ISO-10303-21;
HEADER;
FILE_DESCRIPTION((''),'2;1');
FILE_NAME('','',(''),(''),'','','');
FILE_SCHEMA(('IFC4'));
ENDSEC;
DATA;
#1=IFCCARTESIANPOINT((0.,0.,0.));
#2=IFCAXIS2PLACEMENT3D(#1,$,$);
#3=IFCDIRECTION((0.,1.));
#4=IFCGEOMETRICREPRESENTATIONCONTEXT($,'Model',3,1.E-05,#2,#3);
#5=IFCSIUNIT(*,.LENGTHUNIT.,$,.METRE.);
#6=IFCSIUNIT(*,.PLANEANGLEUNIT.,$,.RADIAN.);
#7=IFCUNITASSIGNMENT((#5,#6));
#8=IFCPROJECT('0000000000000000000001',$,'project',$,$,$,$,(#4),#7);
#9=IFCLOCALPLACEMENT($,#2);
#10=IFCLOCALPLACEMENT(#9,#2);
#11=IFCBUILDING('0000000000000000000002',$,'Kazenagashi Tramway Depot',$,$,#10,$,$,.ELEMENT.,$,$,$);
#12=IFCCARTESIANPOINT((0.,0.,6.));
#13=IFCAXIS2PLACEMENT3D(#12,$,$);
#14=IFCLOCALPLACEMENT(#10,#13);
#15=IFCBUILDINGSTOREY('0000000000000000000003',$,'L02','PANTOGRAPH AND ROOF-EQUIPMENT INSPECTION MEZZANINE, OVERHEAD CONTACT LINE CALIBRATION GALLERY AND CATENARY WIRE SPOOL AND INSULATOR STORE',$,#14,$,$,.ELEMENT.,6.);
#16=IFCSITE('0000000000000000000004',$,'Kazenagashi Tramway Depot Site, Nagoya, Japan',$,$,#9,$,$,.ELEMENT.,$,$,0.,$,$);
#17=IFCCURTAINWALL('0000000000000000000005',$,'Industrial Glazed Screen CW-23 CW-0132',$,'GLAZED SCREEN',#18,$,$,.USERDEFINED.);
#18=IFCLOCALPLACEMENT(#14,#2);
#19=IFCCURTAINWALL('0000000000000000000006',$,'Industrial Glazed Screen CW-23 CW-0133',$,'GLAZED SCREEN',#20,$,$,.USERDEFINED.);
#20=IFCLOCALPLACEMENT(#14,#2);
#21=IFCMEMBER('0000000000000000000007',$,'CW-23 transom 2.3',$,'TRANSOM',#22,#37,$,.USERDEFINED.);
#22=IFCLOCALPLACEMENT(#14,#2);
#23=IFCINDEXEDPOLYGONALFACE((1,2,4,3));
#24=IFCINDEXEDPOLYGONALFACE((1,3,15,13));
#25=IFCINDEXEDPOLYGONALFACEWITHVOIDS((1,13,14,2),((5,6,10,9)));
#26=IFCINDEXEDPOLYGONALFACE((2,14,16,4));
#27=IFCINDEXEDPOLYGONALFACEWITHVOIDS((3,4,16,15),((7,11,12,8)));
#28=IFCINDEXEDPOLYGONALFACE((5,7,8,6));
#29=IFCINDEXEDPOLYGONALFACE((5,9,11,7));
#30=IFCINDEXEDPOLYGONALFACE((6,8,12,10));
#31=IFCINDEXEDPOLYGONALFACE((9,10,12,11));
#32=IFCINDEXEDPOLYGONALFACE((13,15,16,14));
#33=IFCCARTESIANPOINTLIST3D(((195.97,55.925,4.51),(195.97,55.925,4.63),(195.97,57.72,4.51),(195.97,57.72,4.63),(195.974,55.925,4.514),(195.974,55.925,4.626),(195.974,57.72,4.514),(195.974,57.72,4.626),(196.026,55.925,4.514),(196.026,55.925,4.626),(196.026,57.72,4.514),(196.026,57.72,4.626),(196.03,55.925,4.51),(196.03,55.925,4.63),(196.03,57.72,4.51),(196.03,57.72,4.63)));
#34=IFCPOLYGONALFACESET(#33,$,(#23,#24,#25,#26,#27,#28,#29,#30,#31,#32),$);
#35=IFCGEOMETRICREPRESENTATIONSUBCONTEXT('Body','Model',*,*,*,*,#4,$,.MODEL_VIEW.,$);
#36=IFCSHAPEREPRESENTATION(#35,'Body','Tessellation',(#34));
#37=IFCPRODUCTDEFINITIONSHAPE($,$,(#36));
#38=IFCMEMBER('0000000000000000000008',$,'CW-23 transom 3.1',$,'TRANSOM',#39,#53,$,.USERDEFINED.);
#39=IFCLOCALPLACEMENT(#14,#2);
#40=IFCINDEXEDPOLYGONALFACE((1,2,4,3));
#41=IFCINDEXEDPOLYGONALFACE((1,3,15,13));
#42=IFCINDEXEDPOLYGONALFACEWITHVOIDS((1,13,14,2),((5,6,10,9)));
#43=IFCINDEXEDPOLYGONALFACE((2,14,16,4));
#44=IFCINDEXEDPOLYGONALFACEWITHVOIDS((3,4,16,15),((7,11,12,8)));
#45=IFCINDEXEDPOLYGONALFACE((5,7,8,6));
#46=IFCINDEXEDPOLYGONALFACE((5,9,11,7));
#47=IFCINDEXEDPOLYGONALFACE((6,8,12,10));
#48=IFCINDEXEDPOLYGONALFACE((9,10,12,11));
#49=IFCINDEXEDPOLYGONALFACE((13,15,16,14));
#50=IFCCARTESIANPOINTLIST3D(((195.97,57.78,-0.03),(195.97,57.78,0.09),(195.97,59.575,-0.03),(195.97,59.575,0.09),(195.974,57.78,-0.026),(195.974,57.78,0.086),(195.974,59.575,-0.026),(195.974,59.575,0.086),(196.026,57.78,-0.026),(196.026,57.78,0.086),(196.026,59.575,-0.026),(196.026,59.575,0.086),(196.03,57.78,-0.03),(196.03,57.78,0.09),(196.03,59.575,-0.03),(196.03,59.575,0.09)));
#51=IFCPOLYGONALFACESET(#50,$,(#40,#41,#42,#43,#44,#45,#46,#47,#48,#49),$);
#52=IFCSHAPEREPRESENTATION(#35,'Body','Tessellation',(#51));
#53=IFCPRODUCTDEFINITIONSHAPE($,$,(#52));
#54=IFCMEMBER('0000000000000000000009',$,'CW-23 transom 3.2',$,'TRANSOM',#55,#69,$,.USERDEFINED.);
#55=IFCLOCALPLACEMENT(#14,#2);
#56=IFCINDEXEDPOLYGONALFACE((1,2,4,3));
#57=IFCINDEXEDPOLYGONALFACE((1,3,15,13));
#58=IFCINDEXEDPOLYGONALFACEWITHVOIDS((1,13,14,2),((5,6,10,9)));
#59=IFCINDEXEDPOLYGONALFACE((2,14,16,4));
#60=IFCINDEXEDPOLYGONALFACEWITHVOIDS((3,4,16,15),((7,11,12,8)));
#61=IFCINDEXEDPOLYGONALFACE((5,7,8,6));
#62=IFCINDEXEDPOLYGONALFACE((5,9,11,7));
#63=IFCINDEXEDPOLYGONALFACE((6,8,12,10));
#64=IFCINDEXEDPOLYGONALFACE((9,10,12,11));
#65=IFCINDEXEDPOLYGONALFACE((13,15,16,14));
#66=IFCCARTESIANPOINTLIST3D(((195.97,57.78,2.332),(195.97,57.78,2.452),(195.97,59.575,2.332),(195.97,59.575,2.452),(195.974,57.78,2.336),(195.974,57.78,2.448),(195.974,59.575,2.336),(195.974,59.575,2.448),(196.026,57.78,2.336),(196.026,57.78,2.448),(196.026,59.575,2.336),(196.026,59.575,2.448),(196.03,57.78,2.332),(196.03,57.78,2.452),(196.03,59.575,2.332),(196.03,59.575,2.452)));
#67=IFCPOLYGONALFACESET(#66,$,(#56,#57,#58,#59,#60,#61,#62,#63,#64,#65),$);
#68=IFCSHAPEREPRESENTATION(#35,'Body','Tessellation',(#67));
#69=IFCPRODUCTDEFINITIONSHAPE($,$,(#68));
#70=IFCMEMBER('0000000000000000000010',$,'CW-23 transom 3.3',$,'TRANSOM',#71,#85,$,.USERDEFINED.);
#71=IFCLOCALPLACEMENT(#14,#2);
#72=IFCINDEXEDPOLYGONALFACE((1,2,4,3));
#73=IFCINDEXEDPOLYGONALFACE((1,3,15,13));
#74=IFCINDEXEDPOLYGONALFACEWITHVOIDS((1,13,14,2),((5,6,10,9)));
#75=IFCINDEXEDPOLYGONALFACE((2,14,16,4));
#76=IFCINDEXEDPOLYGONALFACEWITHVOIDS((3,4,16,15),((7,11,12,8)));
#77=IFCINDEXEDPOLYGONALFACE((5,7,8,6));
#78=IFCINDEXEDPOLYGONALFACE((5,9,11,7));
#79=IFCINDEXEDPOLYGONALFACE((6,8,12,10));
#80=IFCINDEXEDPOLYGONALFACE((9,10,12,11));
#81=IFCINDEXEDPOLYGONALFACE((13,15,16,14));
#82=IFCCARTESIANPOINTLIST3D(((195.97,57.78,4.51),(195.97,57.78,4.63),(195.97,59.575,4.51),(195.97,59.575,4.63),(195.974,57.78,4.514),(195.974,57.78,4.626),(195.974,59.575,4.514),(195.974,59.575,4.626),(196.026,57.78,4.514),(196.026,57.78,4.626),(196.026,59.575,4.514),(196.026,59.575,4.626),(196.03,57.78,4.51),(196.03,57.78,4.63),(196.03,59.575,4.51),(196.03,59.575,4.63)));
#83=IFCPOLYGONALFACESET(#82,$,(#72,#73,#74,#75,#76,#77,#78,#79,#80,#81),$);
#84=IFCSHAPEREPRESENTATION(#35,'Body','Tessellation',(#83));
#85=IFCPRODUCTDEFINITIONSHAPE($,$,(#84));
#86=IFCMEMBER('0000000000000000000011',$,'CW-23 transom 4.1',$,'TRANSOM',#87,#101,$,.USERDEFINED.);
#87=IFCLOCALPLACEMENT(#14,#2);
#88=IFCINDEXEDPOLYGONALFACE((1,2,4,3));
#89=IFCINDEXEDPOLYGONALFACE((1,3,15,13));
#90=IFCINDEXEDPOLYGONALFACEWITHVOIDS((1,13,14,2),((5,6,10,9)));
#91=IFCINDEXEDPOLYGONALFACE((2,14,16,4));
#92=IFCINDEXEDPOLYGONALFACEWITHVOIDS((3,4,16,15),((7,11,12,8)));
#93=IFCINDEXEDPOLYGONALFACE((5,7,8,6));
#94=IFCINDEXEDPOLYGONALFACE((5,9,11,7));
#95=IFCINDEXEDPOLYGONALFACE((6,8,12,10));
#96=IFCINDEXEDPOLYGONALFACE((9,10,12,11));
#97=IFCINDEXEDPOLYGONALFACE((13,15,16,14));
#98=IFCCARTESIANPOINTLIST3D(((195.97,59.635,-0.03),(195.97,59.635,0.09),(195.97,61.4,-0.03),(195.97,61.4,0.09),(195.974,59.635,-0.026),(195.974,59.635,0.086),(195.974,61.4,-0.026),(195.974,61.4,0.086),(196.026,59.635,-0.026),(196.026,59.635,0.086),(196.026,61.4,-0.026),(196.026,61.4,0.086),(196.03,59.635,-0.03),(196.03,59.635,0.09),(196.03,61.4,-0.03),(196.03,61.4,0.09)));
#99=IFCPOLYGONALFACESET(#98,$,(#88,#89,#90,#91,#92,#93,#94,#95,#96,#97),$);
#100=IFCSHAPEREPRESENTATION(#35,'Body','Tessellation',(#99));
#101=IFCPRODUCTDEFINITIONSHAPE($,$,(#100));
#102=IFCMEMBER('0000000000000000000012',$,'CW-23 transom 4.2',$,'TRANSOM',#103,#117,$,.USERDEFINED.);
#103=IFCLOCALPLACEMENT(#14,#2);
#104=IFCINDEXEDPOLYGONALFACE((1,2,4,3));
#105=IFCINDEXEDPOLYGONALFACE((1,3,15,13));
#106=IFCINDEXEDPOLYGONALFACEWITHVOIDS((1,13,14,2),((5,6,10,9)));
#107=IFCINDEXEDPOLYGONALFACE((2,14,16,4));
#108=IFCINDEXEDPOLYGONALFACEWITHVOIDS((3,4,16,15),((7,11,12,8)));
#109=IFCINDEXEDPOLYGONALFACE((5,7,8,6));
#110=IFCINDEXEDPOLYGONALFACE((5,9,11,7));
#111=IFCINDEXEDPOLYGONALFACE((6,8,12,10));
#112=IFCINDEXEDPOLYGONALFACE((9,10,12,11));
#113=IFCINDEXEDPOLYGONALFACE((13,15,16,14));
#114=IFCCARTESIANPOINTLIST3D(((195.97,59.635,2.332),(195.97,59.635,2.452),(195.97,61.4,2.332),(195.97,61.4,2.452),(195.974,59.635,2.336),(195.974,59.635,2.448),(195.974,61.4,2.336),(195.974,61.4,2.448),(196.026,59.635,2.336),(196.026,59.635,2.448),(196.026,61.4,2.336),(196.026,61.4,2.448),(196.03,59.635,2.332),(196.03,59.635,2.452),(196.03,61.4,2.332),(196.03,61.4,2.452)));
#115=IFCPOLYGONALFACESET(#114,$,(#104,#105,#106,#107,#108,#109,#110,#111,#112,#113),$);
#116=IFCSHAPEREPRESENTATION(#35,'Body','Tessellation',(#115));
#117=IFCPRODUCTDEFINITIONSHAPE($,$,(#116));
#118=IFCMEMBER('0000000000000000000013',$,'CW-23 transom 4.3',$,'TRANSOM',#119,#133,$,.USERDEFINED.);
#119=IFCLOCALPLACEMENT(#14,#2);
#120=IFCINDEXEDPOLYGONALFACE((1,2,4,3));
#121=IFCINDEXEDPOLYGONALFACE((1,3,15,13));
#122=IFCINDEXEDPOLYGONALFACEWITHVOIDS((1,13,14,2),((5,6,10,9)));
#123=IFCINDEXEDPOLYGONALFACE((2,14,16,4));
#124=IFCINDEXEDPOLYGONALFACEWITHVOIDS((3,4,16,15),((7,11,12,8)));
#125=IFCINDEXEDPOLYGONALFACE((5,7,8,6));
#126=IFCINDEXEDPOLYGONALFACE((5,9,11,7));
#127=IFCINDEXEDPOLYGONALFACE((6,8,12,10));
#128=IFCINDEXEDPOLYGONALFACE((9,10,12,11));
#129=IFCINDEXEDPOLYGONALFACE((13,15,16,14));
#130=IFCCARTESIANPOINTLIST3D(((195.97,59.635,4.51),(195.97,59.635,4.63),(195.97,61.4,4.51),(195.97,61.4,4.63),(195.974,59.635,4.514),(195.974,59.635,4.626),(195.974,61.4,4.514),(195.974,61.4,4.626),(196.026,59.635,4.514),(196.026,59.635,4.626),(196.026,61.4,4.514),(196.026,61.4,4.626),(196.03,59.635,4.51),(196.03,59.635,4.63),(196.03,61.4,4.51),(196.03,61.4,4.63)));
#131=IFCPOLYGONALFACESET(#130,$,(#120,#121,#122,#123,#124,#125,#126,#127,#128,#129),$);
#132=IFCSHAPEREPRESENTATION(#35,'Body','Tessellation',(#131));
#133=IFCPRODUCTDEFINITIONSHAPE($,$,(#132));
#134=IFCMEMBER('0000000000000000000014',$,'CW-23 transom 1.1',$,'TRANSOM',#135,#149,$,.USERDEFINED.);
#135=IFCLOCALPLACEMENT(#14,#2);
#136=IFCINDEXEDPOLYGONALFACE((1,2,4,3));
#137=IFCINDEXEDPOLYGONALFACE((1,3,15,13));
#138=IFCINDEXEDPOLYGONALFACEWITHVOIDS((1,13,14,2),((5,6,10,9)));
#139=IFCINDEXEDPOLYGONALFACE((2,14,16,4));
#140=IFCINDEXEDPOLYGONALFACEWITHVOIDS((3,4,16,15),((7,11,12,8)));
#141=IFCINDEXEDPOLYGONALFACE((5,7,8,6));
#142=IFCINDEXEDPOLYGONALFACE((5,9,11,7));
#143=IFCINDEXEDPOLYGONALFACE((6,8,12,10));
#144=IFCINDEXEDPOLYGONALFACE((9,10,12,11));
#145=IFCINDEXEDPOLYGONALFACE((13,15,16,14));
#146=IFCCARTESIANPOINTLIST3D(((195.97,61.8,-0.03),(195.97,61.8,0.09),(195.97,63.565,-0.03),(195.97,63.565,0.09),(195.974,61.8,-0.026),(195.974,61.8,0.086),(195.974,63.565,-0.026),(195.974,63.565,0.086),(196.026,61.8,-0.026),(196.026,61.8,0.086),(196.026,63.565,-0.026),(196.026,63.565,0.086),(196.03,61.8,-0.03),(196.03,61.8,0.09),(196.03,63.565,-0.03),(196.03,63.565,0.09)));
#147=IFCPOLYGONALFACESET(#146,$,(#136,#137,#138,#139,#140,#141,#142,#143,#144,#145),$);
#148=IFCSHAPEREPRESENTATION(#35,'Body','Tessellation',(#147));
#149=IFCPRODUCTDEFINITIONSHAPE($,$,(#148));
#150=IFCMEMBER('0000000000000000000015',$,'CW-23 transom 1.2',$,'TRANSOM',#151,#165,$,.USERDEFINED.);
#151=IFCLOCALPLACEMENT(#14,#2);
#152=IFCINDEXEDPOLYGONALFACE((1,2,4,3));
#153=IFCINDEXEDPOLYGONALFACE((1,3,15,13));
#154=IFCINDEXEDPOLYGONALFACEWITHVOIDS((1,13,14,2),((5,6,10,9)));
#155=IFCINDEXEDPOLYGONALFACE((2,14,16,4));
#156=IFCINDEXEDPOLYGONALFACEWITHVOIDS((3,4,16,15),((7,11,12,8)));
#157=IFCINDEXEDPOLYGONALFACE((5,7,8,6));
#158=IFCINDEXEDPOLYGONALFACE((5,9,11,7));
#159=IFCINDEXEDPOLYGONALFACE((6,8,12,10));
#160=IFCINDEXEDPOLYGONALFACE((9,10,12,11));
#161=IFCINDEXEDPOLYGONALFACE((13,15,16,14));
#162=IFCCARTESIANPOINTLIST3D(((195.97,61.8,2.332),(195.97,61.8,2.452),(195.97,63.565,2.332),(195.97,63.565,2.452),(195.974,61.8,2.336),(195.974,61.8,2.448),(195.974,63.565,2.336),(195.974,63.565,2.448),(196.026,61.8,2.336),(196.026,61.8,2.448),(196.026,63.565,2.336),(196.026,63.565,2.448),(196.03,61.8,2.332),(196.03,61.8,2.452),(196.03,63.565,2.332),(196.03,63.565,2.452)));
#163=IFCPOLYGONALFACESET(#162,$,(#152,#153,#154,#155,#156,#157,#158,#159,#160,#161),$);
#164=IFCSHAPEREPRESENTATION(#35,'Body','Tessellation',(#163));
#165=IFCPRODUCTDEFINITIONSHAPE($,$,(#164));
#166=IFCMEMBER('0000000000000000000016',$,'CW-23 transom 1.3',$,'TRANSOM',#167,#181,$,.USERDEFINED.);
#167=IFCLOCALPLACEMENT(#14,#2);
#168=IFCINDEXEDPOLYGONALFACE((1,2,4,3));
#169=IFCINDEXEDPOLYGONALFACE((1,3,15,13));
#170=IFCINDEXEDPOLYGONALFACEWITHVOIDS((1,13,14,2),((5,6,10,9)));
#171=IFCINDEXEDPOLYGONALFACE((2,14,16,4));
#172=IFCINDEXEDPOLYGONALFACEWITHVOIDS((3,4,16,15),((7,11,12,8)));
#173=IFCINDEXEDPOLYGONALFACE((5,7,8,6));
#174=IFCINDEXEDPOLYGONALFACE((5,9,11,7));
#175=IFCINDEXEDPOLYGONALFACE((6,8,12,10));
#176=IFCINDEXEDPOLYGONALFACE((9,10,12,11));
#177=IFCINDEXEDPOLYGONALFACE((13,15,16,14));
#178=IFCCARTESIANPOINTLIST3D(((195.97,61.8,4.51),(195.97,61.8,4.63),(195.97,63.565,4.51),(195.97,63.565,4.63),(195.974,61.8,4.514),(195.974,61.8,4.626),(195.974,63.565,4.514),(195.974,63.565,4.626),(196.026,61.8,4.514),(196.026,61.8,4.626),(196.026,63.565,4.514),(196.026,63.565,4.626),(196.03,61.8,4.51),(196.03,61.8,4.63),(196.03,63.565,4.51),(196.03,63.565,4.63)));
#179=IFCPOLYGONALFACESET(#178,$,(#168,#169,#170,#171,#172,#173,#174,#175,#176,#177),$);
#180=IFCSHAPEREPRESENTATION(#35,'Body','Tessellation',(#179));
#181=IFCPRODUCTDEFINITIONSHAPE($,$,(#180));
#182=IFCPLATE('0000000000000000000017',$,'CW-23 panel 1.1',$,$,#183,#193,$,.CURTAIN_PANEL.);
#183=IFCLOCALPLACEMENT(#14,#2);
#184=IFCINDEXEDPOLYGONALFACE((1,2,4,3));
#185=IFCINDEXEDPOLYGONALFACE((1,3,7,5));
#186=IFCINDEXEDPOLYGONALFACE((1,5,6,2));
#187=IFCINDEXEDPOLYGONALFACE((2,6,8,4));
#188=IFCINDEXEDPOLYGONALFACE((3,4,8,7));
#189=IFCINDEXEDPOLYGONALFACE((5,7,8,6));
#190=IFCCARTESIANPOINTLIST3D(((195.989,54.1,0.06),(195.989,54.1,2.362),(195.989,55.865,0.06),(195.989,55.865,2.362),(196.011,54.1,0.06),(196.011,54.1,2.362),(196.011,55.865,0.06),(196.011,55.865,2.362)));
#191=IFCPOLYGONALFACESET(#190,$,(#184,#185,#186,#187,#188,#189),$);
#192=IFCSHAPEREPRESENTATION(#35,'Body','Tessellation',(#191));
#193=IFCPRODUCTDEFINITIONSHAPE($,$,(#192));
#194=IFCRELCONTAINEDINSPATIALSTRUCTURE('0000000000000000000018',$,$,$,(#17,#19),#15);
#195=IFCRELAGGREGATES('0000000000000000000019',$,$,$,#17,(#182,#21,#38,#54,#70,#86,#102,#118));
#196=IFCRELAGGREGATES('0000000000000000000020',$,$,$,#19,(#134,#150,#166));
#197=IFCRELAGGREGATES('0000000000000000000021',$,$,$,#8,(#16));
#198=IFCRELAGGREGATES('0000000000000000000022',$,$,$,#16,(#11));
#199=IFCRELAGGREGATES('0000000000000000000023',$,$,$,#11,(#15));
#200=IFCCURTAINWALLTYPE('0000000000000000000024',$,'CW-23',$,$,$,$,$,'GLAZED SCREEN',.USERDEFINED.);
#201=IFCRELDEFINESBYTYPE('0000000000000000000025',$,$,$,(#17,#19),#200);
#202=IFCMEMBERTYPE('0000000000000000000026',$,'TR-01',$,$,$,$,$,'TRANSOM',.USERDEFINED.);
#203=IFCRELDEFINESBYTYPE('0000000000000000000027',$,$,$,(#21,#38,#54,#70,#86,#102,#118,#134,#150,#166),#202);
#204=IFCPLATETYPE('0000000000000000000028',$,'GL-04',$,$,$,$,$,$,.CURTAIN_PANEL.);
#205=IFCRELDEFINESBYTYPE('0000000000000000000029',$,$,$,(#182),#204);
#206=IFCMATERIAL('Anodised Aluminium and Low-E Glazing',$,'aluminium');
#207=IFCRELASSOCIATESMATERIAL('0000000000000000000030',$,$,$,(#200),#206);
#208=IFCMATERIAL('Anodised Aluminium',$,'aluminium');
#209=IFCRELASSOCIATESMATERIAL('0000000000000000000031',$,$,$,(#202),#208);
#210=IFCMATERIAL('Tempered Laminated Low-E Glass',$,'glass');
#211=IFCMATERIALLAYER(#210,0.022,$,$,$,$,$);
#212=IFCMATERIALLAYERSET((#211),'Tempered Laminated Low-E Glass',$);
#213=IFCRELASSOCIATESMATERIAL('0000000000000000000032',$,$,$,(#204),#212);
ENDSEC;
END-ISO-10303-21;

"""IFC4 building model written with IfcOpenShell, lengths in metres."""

from ifc_helpers import new_model, si_unit, direction, frame, origin, origin_2d, place, context, subcontext, project, spatial, rectangle, hollow_rectangle, extrude, material, layer, layer_set, material_profile, profile_set, type_object, element, aggregate, save


model = new_model("IFC4")

# Units and contexts
model_context = context("Model", 3, precision=1e-05, world=origin(), true_north=direction((0.0, 1.0)))
body_context = subcontext(model_context, "Body", "Model", "MODEL_VIEW")
ifc_project = project(units=[si_unit("LENGTHUNIT", "METRE"), si_unit("PLANEANGLEUNIT", "RADIAN")], contexts=[model_context])

# Site, building, storey
site_placement = place(None, origin())
site = spatial("IfcSite", under=ifc_project, at=site_placement, Name="Kazenagashi Tramway Depot Site, Nagoya, Japan", CompositionType="ELEMENT", RefElevation=0.0)
building_placement = place(site_placement, origin())
building = spatial("IfcBuilding", under=site, at=building_placement, Name="Kazenagashi Tramway Depot", CompositionType="ELEMENT")
storey_placement = place(building_placement, frame((0.0, 0.0, 6.0)))
storey = spatial("IfcBuildingStorey", under=building, at=storey_placement, Name="L02", Description="PANTOGRAPH AND ROOF-EQUIPMENT INSPECTION MEZZANINE, OVERHEAD CONTACT LINE CALIBRATION GALLERY AND CATENARY WIRE SPOOL AND INSULATOR STORE", CompositionType="ELEMENT", Elevation=6.0)

# Curtain wall
ifc_material_1 = material(Name="Anodised Aluminium and Low-E Glazing", Category="aluminium")
curtain_wall_type = type_object("IfcCurtainWallType", Name="CW-23", ElementType="GLAZED SCREEN", PredefinedType="USERDEFINED", material=ifc_material_1)
curtain_wall_1_placement = place(storey_placement, origin())
curtain_wall_1 = element("IfcCurtainWall", 1, at=curtain_wall_1_placement, inside=storey, type_object=curtain_wall_type, Name="Industrial Glazed Screen CW-23 CW-0132", ObjectType="GLAZED SCREEN", PredefinedType="USERDEFINED")
ifc_material_2 = material(Name="Anodised Aluminium", Category="aluminium")

# Curtain wall
curtain_wall_2_placement = place(storey_placement, origin())
curtain_wall_2 = element("IfcCurtainWall", 2, at=curtain_wall_2_placement, inside=storey, type_object=curtain_wall_type, Name="Industrial Glazed Screen CW-23 CW-0133", ObjectType="GLAZED SCREEN", PredefinedType="USERDEFINED")

# Members
ifc_material_profile_1 = material_profile(ifc_material_2, hollow_rectangle(XDim=0.06, YDim=0.12, WallThickness=0.004, at=origin_2d()), Name="RHS-120x60x4")
ifc_profile_set_1 = profile_set([ifc_material_profile_1], Name="Anodised Aluminium")
member_type_1 = type_object("IfcMemberType", Name="TR-01", ElementType="TRANSOM", PredefinedType="USERDEFINED", material=ifc_profile_set_1)
member_1_placement = place(storey_placement, frame((196.0, 55.925, 4.57), z_axis=(0.0, 1.0, 0.0), x_axis=(-1.0, 0.0, 0.0)))
member_1 = element("IfcMember", 3, at=member_1_placement, type_object=member_type_1, Name="CW-23 transom 2.3", ObjectType="TRANSOM", PredefinedType="USERDEFINED", context=body_context, shape_type="SweptSolid", body=[
    extrude(hollow_rectangle(XDim=0.06, YDim=0.12, WallThickness=0.004, at=origin_2d()), origin(), (0.0, 0.0, 1.0), 1.795),
])
member_2_placement = place(storey_placement, frame((196.0, 57.78, 0.03), z_axis=(0.0, 1.0, 0.0), x_axis=(-1.0, 0.0, 0.0)))
member_2 = element("IfcMember", 4, at=member_2_placement, type_object=member_type_1, Name="CW-23 transom 3.1", ObjectType="TRANSOM", PredefinedType="USERDEFINED", context=body_context, shape_type="SweptSolid", body=[
    extrude(hollow_rectangle(XDim=0.06, YDim=0.12, WallThickness=0.004, at=origin_2d()), origin(), (0.0, 0.0, 1.0), 1.795),
])
member_3_placement = place(storey_placement, frame((196.0, 57.78, 2.392), z_axis=(0.0, 1.0, 0.0), x_axis=(-1.0, 0.0, 0.0)))
member_3 = element("IfcMember", 5, at=member_3_placement, type_object=member_type_1, Name="CW-23 transom 3.2", ObjectType="TRANSOM", PredefinedType="USERDEFINED", context=body_context, shape_type="SweptSolid", body=[
    extrude(hollow_rectangle(XDim=0.06, YDim=0.12, WallThickness=0.004, at=origin_2d()), origin(), (0.0, 0.0, 1.0), 1.795),
])
member_4_placement = place(storey_placement, frame((196.0, 57.78, 4.57), z_axis=(0.0, 1.0, 0.0), x_axis=(-1.0, 0.0, 0.0)))
member_4 = element("IfcMember", 6, at=member_4_placement, type_object=member_type_1, Name="CW-23 transom 3.3", ObjectType="TRANSOM", PredefinedType="USERDEFINED", context=body_context, shape_type="SweptSolid", body=[
    extrude(hollow_rectangle(XDim=0.06, YDim=0.12, WallThickness=0.004, at=origin_2d()), origin(), (0.0, 0.0, 1.0), 1.795),
])
member_5_placement = place(storey_placement, frame((196.0, 59.635, 0.03), z_axis=(0.0, 1.0, 0.0), x_axis=(-1.0, 0.0, 0.0)))
member_5 = element("IfcMember", 7, at=member_5_placement, type_object=member_type_1, Name="CW-23 transom 4.1", ObjectType="TRANSOM", PredefinedType="USERDEFINED", context=body_context, shape_type="SweptSolid", body=[
    extrude(hollow_rectangle(XDim=0.06, YDim=0.12, WallThickness=0.004, at=origin_2d()), origin(), (0.0, 0.0, 1.0), 1.765),
])
member_6_placement = place(storey_placement, frame((196.0, 59.635, 2.392), z_axis=(0.0, 1.0, 0.0), x_axis=(-1.0, 0.0, 0.0)))
member_6 = element("IfcMember", 8, at=member_6_placement, type_object=member_type_1, Name="CW-23 transom 4.2", ObjectType="TRANSOM", PredefinedType="USERDEFINED", context=body_context, shape_type="SweptSolid", body=[
    extrude(hollow_rectangle(XDim=0.06, YDim=0.12, WallThickness=0.004, at=origin_2d()), origin(), (0.0, 0.0, 1.0), 1.765),
])
member_7_placement = place(storey_placement, frame((196.0, 59.635, 4.57), z_axis=(0.0, 1.0, 0.0), x_axis=(-1.0, 0.0, 0.0)))
member_7 = element("IfcMember", 9, at=member_7_placement, type_object=member_type_1, Name="CW-23 transom 4.3", ObjectType="TRANSOM", PredefinedType="USERDEFINED", context=body_context, shape_type="SweptSolid", body=[
    extrude(hollow_rectangle(XDim=0.06, YDim=0.12, WallThickness=0.004, at=origin_2d()), origin(), (0.0, 0.0, 1.0), 1.765),
])
member_8_placement = place(storey_placement, frame((196.0, 61.8, 0.03), z_axis=(0.0, 1.0, 0.0), x_axis=(-1.0, 0.0, 0.0)))
member_8 = element("IfcMember", 10, at=member_8_placement, type_object=member_type_1, Name="CW-23 transom 1.1", ObjectType="TRANSOM", PredefinedType="USERDEFINED", context=body_context, shape_type="SweptSolid", body=[
    extrude(hollow_rectangle(XDim=0.06, YDim=0.12, WallThickness=0.004, at=origin_2d()), origin(), (0.0, 0.0, 1.0), 1.765),
])
member_9_placement = place(storey_placement, frame((196.0, 61.8, 2.392), z_axis=(0.0, 1.0, 0.0), x_axis=(-1.0, 0.0, 0.0)))
member_9 = element("IfcMember", 11, at=member_9_placement, type_object=member_type_1, Name="CW-23 transom 1.2", ObjectType="TRANSOM", PredefinedType="USERDEFINED", context=body_context, shape_type="SweptSolid", body=[
    extrude(hollow_rectangle(XDim=0.06, YDim=0.12, WallThickness=0.004, at=origin_2d()), origin(), (0.0, 0.0, 1.0), 1.765),
])
member_10_placement = place(storey_placement, frame((196.0, 61.8, 4.57), z_axis=(0.0, 1.0, 0.0), x_axis=(-1.0, 0.0, 0.0)))
member_10 = element("IfcMember", 12, at=member_10_placement, type_object=member_type_1, Name="CW-23 transom 1.3", ObjectType="TRANSOM", PredefinedType="USERDEFINED", context=body_context, shape_type="SweptSolid", body=[
    extrude(hollow_rectangle(XDim=0.06, YDim=0.12, WallThickness=0.004, at=origin_2d()), origin(), (0.0, 0.0, 1.0), 1.765),
])

# Plate
ifc_material_3 = material(Name="Tempered Laminated Low-E Glass", Category="glass")
ifc_layer_1 = layer(ifc_material_3, 0.022)
ifc_layer_set_1 = layer_set([ifc_layer_1], Name="Tempered Laminated Low-E Glass")
plate_type_1 = type_object("IfcPlateType", Name="GL-04", PredefinedType="CURTAIN_PANEL", material=ifc_layer_set_1)
plate_1_placement = place(storey_placement, frame((196.0, 54.9825, 0.06), z_axis=(0.0, 0.0, 1.0), x_axis=(0.0, 1.0, 0.0)))
plate_1 = element("IfcPlate", 13, at=plate_1_placement, type_object=plate_type_1, Name="CW-23 panel 1.1", PredefinedType="CURTAIN_PANEL", context=body_context, shape_type="SweptSolid", body=[
    extrude(rectangle(XDim=1.765, YDim=0.022, at=origin_2d()), origin(), (0.0, 0.0, 1.0), 2.302),
])
aggregate(curtain_wall_1, [plate_1, member_1, member_2, member_3, member_4, member_5, member_6, member_7])
aggregate(curtain_wall_2, [member_8, member_9, member_10])

save(model, "model.ifc")
